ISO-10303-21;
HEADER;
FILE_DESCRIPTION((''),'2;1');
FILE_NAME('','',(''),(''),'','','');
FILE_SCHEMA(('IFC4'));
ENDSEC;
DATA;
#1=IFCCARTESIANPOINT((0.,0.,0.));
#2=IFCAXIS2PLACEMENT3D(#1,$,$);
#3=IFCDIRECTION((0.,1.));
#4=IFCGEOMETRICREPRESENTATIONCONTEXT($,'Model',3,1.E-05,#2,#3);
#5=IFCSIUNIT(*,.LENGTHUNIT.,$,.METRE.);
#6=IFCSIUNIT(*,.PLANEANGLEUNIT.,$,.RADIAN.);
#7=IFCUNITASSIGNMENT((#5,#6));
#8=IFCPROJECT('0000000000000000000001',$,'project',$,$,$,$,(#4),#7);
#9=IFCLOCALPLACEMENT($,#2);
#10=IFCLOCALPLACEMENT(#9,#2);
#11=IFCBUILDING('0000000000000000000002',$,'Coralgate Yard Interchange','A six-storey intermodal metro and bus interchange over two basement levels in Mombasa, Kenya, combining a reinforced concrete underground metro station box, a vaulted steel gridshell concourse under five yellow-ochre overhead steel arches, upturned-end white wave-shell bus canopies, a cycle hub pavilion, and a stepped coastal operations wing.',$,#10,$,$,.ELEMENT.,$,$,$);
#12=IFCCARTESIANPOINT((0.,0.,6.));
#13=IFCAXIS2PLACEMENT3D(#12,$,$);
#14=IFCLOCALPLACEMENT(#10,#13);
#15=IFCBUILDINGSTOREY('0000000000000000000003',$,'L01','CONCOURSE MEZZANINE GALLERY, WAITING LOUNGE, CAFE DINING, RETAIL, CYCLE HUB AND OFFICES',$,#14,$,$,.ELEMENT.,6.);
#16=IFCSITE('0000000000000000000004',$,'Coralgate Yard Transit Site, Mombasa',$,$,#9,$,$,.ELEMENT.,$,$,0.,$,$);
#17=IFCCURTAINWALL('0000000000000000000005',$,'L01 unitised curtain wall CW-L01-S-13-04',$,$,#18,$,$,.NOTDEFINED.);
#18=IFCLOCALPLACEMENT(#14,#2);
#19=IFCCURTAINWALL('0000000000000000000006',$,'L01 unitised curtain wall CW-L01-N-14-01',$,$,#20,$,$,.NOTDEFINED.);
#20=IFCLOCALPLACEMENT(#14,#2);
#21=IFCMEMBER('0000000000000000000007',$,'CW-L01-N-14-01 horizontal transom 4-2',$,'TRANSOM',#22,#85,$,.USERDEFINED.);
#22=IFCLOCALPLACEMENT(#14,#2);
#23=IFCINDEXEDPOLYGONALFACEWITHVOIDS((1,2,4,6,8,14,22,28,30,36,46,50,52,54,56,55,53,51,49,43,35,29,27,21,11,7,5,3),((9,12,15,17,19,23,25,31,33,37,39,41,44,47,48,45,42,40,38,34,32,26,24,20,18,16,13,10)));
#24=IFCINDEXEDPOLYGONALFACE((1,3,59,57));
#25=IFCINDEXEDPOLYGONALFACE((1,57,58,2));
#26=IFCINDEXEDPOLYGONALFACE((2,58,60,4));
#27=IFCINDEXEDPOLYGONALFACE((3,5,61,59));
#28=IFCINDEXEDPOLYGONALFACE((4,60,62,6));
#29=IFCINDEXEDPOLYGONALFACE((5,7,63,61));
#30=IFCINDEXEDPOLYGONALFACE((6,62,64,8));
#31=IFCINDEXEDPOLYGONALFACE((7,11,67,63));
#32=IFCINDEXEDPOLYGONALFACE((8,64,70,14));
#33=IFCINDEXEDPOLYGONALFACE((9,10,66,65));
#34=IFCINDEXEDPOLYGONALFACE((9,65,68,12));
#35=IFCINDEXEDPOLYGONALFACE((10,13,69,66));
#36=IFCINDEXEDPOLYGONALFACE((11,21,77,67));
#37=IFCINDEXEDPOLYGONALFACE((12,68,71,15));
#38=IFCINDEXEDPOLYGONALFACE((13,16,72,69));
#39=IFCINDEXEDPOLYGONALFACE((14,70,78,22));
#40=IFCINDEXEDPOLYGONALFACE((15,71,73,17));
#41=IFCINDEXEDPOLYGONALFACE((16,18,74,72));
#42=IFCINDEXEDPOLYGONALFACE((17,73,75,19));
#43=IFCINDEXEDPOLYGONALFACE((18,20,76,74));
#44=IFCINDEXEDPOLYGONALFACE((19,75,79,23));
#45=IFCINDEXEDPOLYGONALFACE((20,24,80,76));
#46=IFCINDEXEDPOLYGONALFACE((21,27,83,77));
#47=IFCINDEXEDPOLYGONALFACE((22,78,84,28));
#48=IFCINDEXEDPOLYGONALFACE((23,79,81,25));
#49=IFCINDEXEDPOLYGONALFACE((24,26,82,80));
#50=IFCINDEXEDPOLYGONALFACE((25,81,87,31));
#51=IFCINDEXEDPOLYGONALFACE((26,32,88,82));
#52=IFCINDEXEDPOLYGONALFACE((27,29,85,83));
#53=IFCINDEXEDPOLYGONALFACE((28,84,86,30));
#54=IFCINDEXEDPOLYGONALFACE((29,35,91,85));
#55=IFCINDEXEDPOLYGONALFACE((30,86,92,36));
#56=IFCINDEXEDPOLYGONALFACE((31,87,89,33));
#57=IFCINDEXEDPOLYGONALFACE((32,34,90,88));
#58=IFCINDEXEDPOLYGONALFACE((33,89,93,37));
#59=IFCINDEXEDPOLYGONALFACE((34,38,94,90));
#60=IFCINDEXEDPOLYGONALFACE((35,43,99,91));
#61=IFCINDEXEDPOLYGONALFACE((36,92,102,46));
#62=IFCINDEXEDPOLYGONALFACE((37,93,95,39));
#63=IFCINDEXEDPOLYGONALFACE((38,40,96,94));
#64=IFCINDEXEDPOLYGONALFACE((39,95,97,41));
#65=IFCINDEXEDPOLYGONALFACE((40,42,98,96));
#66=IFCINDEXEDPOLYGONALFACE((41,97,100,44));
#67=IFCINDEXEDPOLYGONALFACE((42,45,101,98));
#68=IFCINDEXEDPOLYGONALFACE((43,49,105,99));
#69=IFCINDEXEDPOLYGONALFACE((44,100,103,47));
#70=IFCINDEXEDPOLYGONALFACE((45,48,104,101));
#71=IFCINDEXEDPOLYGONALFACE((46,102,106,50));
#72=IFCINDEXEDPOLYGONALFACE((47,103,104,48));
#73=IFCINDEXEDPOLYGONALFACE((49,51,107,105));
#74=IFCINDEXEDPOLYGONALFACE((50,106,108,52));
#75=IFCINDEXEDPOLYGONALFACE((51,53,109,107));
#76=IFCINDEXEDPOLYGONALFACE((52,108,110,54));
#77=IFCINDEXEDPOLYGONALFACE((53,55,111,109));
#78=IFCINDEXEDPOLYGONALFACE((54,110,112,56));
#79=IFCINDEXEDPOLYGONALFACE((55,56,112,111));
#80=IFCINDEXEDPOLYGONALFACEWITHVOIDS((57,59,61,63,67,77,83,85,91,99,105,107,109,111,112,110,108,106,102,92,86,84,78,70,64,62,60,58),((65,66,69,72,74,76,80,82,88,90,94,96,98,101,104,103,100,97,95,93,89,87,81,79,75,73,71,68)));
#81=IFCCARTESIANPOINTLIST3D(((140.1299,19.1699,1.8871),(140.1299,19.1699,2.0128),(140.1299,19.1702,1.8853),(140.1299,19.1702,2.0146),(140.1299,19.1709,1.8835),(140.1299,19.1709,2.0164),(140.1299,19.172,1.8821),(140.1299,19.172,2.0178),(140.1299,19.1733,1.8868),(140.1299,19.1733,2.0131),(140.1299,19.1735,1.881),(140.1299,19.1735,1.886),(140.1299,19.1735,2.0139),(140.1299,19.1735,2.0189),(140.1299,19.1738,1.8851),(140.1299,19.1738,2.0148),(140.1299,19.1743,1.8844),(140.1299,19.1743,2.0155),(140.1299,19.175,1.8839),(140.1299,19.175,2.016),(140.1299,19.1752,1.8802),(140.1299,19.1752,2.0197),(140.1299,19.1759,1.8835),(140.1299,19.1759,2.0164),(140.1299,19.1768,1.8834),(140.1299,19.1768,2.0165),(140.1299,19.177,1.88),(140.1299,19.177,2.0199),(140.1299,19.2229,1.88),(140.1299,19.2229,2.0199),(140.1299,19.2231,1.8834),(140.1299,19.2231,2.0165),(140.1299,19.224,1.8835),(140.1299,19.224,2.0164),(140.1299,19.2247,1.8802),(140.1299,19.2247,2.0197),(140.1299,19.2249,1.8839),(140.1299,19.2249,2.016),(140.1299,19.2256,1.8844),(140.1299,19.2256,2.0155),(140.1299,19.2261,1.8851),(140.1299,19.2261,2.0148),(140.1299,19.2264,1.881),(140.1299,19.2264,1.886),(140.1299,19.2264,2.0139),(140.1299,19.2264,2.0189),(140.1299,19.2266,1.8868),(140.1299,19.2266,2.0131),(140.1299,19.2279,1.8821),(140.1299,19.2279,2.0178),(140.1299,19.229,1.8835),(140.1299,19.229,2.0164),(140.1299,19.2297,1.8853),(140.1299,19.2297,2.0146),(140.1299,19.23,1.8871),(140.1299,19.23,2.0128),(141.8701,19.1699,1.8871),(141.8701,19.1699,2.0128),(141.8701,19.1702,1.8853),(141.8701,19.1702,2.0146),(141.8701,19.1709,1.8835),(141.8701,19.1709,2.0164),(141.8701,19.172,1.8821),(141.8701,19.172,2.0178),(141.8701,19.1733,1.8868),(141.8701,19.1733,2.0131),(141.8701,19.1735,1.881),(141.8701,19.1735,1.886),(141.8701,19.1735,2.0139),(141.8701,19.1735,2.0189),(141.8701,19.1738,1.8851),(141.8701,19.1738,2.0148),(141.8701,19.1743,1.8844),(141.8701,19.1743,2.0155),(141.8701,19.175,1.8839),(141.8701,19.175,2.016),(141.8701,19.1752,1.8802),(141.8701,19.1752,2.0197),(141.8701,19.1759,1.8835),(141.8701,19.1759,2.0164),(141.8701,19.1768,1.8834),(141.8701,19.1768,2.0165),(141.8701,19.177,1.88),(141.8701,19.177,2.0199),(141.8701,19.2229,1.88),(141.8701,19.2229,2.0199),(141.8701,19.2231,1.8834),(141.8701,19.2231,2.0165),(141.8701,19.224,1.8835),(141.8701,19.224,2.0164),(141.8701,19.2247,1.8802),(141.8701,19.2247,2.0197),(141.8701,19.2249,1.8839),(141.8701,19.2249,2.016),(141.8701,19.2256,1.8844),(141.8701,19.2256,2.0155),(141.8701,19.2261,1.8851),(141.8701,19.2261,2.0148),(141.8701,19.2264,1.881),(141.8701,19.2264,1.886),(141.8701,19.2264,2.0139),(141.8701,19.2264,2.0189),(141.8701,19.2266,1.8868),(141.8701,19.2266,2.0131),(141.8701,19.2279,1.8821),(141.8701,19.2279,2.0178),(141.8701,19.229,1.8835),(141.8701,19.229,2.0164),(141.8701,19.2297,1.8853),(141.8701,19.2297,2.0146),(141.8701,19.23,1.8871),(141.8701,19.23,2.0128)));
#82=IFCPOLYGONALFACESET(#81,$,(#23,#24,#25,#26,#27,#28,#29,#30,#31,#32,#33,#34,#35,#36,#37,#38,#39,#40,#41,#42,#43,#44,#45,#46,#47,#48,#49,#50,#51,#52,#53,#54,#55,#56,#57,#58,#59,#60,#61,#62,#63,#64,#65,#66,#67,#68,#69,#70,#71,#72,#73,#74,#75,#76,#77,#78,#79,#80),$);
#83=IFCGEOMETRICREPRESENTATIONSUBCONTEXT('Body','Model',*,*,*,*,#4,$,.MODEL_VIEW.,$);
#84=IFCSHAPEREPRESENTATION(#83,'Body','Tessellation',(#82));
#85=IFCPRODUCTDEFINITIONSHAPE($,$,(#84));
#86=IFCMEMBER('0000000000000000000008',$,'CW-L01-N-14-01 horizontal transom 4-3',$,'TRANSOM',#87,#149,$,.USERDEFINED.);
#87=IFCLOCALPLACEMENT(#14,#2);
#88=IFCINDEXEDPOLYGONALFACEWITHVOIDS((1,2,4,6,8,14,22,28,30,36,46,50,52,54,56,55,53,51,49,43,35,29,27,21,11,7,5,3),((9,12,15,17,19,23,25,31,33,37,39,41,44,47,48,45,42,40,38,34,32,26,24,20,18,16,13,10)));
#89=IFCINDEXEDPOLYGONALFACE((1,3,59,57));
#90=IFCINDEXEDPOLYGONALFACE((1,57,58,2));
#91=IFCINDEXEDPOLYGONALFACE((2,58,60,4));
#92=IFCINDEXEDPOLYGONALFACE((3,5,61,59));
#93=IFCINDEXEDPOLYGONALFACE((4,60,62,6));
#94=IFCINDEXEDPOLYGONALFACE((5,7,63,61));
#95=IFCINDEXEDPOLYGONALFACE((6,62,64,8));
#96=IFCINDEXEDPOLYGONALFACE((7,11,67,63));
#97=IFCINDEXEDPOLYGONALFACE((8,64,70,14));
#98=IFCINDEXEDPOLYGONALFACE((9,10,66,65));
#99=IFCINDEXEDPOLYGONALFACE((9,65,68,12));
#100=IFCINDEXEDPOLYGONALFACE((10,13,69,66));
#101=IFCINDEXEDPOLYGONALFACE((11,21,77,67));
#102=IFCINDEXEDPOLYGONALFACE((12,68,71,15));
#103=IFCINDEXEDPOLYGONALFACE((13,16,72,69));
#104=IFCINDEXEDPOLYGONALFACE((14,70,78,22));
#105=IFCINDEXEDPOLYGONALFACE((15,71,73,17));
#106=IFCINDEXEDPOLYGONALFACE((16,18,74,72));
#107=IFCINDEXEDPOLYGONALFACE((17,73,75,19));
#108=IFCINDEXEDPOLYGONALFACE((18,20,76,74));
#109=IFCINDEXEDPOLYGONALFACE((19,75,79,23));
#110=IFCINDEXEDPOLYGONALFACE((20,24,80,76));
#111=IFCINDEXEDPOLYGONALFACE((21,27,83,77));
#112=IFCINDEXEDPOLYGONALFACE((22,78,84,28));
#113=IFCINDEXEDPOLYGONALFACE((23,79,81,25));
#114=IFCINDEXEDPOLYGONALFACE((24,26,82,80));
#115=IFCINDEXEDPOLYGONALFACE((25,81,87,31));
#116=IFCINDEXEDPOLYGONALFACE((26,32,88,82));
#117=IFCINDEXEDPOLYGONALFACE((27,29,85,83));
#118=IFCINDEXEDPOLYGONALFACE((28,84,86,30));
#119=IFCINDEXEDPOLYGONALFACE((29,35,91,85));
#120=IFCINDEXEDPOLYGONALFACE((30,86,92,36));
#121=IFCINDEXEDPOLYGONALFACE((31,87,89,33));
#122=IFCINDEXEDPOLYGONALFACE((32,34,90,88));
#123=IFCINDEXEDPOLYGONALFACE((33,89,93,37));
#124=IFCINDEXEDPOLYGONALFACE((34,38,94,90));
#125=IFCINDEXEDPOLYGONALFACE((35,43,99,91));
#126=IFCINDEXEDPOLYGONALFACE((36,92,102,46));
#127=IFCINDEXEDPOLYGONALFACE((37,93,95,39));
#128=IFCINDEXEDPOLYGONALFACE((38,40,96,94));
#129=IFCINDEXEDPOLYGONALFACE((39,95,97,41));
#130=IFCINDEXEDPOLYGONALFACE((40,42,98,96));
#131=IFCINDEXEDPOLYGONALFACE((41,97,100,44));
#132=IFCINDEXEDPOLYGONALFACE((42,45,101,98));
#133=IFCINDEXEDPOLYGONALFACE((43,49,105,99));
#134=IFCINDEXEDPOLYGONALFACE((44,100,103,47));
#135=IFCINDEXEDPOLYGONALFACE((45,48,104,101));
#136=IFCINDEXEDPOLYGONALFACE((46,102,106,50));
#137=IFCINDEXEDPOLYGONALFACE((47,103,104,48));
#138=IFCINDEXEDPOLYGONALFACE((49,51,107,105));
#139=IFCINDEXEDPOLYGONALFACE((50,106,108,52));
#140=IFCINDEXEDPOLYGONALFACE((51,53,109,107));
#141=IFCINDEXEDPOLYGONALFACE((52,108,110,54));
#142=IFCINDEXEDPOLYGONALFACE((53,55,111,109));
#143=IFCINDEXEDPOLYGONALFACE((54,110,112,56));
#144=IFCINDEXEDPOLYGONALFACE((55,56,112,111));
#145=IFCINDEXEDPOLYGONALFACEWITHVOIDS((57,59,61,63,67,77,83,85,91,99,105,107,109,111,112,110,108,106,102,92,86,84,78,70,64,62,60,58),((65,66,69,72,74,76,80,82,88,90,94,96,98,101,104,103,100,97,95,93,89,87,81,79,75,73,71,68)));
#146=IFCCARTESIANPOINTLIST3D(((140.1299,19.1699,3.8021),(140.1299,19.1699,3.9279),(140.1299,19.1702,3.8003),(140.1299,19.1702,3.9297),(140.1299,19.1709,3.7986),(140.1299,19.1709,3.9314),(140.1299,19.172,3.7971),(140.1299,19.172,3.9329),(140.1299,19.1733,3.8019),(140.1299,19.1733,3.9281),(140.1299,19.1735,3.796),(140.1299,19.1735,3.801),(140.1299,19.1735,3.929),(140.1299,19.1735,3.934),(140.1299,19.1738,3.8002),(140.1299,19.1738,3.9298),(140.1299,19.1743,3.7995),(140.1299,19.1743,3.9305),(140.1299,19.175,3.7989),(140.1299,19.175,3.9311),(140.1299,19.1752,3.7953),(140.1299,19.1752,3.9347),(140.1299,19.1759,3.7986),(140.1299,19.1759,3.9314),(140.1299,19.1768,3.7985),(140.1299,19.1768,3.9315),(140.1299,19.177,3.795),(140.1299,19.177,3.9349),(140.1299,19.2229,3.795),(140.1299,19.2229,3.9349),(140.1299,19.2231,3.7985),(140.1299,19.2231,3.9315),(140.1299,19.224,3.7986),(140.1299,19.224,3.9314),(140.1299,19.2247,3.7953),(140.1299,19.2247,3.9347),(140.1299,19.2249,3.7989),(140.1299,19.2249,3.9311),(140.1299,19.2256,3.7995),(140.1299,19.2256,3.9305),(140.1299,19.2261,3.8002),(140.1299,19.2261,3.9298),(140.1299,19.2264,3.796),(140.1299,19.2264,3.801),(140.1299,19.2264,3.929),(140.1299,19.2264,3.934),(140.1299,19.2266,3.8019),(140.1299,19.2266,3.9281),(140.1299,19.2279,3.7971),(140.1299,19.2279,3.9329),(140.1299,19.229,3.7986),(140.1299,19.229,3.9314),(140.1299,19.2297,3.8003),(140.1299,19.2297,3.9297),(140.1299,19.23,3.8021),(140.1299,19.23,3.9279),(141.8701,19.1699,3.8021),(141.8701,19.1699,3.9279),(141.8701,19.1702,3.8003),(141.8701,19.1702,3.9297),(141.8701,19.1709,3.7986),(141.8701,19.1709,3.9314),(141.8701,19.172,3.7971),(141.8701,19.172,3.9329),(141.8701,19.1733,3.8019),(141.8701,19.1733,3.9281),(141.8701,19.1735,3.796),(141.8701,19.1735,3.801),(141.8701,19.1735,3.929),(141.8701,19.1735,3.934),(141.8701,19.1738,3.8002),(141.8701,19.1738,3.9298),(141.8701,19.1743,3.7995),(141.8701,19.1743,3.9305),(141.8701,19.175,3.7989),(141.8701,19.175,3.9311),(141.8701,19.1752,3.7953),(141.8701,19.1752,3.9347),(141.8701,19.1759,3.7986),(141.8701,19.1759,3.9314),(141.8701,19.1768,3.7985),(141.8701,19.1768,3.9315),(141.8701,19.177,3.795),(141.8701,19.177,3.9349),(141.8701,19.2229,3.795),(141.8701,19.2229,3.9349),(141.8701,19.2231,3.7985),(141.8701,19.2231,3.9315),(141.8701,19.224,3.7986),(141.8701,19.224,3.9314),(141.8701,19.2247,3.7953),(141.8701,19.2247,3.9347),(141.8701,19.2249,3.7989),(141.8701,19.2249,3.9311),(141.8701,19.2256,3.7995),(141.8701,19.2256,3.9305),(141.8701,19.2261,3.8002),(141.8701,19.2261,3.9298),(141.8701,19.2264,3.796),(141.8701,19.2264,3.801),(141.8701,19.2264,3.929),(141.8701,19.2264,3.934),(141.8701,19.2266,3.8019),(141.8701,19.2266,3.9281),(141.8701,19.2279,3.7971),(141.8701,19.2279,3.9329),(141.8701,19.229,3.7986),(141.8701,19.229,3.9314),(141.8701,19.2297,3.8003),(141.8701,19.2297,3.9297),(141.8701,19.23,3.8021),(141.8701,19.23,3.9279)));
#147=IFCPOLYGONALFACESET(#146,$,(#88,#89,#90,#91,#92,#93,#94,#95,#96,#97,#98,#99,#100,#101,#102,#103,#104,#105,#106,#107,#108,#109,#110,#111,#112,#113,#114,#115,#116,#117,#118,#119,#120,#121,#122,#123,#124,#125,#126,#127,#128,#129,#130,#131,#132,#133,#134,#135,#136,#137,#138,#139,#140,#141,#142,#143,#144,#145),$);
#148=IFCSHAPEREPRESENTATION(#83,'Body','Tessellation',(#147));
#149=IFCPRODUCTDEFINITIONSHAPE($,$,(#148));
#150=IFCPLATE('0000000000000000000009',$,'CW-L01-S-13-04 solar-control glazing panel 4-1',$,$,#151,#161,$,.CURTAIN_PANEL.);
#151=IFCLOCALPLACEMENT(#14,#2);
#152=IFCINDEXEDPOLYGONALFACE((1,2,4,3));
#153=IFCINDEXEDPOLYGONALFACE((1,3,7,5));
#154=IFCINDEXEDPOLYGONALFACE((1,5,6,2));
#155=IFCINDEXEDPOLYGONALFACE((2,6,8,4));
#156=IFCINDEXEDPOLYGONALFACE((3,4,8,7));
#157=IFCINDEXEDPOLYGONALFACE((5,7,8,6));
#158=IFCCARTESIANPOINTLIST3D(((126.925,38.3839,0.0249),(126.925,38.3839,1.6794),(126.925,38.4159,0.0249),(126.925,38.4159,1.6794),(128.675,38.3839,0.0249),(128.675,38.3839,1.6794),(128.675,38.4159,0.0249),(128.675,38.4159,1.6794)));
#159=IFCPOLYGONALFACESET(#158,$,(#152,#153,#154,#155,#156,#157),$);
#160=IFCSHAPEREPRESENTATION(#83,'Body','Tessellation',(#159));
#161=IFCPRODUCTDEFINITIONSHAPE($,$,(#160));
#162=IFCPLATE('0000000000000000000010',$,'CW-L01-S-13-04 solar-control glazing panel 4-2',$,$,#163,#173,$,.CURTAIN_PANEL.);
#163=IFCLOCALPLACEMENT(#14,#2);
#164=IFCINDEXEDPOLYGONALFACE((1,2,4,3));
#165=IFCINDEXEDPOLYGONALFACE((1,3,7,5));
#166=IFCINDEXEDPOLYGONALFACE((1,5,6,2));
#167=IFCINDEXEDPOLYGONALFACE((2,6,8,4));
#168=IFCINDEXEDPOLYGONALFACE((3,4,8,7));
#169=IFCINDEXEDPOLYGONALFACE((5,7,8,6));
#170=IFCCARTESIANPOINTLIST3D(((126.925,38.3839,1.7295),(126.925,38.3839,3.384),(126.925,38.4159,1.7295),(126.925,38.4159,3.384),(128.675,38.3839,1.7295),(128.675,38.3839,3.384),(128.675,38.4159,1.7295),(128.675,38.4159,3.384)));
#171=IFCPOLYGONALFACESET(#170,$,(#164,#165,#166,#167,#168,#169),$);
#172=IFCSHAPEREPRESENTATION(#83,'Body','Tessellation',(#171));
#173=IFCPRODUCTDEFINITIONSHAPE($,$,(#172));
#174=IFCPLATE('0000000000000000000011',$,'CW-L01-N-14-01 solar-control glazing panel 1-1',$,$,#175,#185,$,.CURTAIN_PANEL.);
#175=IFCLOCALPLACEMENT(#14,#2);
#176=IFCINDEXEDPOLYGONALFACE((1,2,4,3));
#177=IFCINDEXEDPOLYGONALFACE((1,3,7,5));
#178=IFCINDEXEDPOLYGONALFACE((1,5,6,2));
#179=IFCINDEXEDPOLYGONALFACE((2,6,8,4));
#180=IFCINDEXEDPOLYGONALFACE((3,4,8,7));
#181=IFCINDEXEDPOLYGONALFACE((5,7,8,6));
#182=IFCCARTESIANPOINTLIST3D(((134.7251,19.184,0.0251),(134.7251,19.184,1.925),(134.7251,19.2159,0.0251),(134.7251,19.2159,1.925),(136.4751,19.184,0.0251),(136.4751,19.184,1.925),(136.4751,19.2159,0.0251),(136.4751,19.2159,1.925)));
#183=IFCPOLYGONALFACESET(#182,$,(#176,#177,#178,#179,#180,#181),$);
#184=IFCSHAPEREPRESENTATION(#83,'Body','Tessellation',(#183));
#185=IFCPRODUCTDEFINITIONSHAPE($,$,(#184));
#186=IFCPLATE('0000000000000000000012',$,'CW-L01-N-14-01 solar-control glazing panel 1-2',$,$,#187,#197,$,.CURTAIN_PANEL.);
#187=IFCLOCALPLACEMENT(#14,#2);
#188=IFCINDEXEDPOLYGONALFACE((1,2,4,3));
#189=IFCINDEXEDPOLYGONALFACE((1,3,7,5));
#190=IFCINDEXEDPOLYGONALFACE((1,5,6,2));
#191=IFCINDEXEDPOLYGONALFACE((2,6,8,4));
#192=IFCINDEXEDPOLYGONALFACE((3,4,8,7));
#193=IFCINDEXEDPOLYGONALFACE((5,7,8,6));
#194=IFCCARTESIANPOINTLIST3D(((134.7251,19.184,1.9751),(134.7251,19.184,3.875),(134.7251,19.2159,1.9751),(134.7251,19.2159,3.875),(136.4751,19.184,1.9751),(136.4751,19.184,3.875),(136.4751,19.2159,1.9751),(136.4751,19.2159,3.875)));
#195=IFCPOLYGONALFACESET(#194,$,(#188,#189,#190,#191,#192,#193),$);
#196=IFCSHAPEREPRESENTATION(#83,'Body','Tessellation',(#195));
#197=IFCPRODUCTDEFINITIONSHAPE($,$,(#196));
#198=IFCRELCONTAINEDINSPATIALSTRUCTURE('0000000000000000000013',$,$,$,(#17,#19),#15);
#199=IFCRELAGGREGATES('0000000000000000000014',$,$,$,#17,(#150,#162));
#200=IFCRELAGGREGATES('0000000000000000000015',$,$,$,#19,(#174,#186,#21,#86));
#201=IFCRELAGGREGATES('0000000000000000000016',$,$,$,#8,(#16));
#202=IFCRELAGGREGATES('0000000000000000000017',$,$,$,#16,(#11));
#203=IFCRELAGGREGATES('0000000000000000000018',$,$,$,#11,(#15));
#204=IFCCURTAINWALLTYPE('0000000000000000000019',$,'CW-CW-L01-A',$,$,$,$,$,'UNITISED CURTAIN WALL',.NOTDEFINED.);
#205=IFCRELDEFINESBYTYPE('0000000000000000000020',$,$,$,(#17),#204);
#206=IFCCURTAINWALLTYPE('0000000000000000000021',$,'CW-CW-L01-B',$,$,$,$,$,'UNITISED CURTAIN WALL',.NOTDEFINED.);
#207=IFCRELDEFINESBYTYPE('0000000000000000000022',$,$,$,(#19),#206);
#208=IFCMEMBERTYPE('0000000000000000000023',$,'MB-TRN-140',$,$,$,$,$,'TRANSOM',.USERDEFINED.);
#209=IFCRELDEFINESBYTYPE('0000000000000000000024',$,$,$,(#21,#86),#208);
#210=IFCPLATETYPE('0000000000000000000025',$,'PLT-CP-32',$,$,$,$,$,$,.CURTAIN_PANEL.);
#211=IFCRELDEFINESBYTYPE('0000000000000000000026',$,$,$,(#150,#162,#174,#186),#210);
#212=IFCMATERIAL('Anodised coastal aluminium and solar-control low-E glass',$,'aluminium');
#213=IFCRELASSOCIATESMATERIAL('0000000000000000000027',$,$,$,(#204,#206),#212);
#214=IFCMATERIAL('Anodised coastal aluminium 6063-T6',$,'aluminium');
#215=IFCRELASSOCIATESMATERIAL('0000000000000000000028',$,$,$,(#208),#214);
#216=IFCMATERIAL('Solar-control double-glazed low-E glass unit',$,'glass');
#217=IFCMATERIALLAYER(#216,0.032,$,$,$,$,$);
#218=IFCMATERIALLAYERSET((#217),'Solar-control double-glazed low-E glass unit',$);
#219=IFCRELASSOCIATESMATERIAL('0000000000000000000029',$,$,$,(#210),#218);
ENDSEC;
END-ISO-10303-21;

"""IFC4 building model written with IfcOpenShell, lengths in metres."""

from ifc_helpers import new_model, si_unit, direction, frame, origin, origin_2d, place, context, subcontext, project, spatial, rectangle, hollow_rectangle, extrude, material, layer, layer_set, material_profile, profile_set, type_object, element, aggregate, save


model = new_model("IFC4")

# Units and contexts
model_context = context("Model", 3, precision=1e-05, world=origin(), true_north=direction((0.0, 1.0)))
body_context = subcontext(model_context, "Body", "Model", "MODEL_VIEW")
ifc_project = project(units=[si_unit("LENGTHUNIT", "METRE"), si_unit("PLANEANGLEUNIT", "RADIAN")], contexts=[model_context])

# Site, building, storey
site_placement = place(None, origin())
site = spatial("IfcSite", under=ifc_project, at=site_placement, Name="Coralgate Yard Transit Site, Mombasa", CompositionType="ELEMENT", RefElevation=0.0)
building_placement = place(site_placement, origin())
building = spatial("IfcBuilding", under=site, at=building_placement, Name="Coralgate Yard Interchange", Description="A six-storey intermodal metro and bus interchange over two basement levels in Mombasa, Kenya, combining a reinforced concrete underground metro station box, a vaulted steel gridshell concourse under five yellow-ochre overhead steel arches, upturned-end white wave-shell bus canopies, a cycle hub pavilion, and a stepped coastal operations wing.", CompositionType="ELEMENT")
storey_placement = place(building_placement, frame((0.0, 0.0, 6.0)))
storey = spatial("IfcBuildingStorey", under=building, at=storey_placement, Name="L01", Description="CONCOURSE MEZZANINE GALLERY, WAITING LOUNGE, CAFE DINING, RETAIL, CYCLE HUB AND OFFICES", CompositionType="ELEMENT", Elevation=6.0)

# Curtain walls
ifc_material_1 = material(Name="Anodised coastal aluminium and solar-control low-E glass", Category="aluminium")
curtain_wall_type_1 = type_object("IfcCurtainWallType", Name="CW-CW-L01-A", ElementType="UNITISED CURTAIN WALL", PredefinedType="NOTDEFINED", material=ifc_material_1)
curtain_wall_1_placement = place(storey_placement, origin())
curtain_wall_1 = element("IfcCurtainWall", 1, at=curtain_wall_1_placement, inside=storey, type_object=curtain_wall_type_1, Name="L01 unitised curtain wall CW-L01-S-13-04", PredefinedType="NOTDEFINED")
ifc_material_2 = material(Name="Anodised coastal aluminium 6063-T6", Category="aluminium")
curtain_wall_type_2 = type_object("IfcCurtainWallType", Name="CW-CW-L01-B", ElementType="UNITISED CURTAIN WALL", PredefinedType="NOTDEFINED", material=ifc_material_1)
curtain_wall_2_placement = place(storey_placement, origin())
curtain_wall_2 = element("IfcCurtainWall", 2, at=curtain_wall_2_placement, inside=storey, type_object=curtain_wall_type_2, Name="L01 unitised curtain wall CW-L01-N-14-01", PredefinedType="NOTDEFINED")

# Members
ifc_material_profile_1 = material_profile(ifc_material_2, hollow_rectangle(XDim=0.0601, YDim=0.1399, WallThickness=0.0034, InnerFilletRadius=0.0034, OuterFilletRadius=0.0071, at=origin_2d()), Name="ALU 60x140x3.5")
ifc_profile_set_1 = profile_set([ifc_material_profile_1], Name="Anodised coastal aluminium 6063-T6")
member_type_1 = type_object("IfcMemberType", Name="MB-TRN-140", ElementType="TRANSOM", PredefinedType="USERDEFINED", material=ifc_profile_set_1)
member_1_placement = place(storey_placement, frame((140.1299, 19.2, 1.95), z_axis=(1.0, 0.0, 0.0), x_axis=(0.0, 1.0, 0.0)))
member_1 = element("IfcMember", 3, at=member_1_placement, type_object=member_type_1, Name="CW-L01-N-14-01 horizontal transom 4-2", ObjectType="TRANSOM", PredefinedType="USERDEFINED", context=body_context, shape_type="SweptSolid", body=[
    extrude(hollow_rectangle(XDim=0.0601, YDim=0.1399, WallThickness=0.0034, InnerFilletRadius=0.0034, OuterFilletRadius=0.0071, at=origin_2d()), origin(), (0.0, 0.0, 1.0), 1.7402),
])
member_2_placement = place(storey_placement, frame((140.1299, 19.2, 3.865), z_axis=(1.0, 0.0, 0.0), x_axis=(0.0, 1.0, 0.0)))
member_2 = element("IfcMember", 4, at=member_2_placement, type_object=member_type_1, Name="CW-L01-N-14-01 horizontal transom 4-3", ObjectType="TRANSOM", PredefinedType="USERDEFINED", context=body_context, shape_type="SweptSolid", body=[
    extrude(hollow_rectangle(XDim=0.0601, YDim=0.1399, WallThickness=0.0034, InnerFilletRadius=0.0034, OuterFilletRadius=0.0071, at=origin_2d()), origin(), (0.0, 0.0, 1.0), 1.7402),
])

# Plates
ifc_material_3 = material(Name="Solar-control double-glazed low-E glass unit", Category="glass")
ifc_layer = layer(ifc_material_3, 0.032)
ifc_layer_set = layer_set([ifc_layer], Name="Solar-control double-glazed low-E glass unit")
plate_type = type_object("IfcPlateType", Name="PLT-CP-32", PredefinedType="CURTAIN_PANEL", material=ifc_layer_set)
plate_1_placement = place(storey_placement, frame((127.8, 38.3999, 0.0249), z_axis=(0.0, 0.0, 1.0), x_axis=(-1.0, 0.0, 0.0)))
plate_1 = element("IfcPlate", 5, at=plate_1_placement, type_object=plate_type, Name="CW-L01-S-13-04 solar-control glazing panel 4-1", PredefinedType="CURTAIN_PANEL", context=body_context, shape_type="SweptSolid", body=[
    extrude(rectangle(XDim=1.75, YDim=0.032, at=origin_2d()), origin(), (0.0, 0.0, 1.0), 1.6545),
])
plate_2_placement = place(storey_placement, frame((127.8, 38.3999, 1.7295), z_axis=(0.0, 0.0, 1.0), x_axis=(-1.0, 0.0, 0.0)))
plate_2 = element("IfcPlate", 6, at=plate_2_placement, type_object=plate_type, Name="CW-L01-S-13-04 solar-control glazing panel 4-2", PredefinedType="CURTAIN_PANEL", context=body_context, shape_type="SweptSolid", body=[
    extrude(rectangle(XDim=1.75, YDim=0.032, at=origin_2d()), origin(), (0.0, 0.0, 1.0), 1.6545),
])
aggregate(curtain_wall_1, [plate_1, plate_2])
plate_3_placement = place(storey_placement, frame((135.6001, 19.2, 0.0251), z_axis=(0.0, 0.0, 1.0), x_axis=(1.0, 0.0, 0.0)))
plate_3 = element("IfcPlate", 7, at=plate_3_placement, type_object=plate_type, Name="CW-L01-N-14-01 solar-control glazing panel 1-1", PredefinedType="CURTAIN_PANEL", context=body_context, shape_type="SweptSolid", body=[
    extrude(rectangle(XDim=1.75, YDim=0.032, at=origin_2d()), origin(), (0.0, 0.0, 1.0), 1.8999),
])
plate_4_placement = place(storey_placement, frame((135.6001, 19.2, 1.9751), z_axis=(0.0, 0.0, 1.0), x_axis=(1.0, 0.0, 0.0)))
plate_4 = element("IfcPlate", 8, at=plate_4_placement, type_object=plate_type, Name="CW-L01-N-14-01 solar-control glazing panel 1-2", PredefinedType="CURTAIN_PANEL", context=body_context, shape_type="SweptSolid", body=[
    extrude(rectangle(XDim=1.75, YDim=0.032, at=origin_2d()), origin(), (0.0, 0.0, 1.0), 1.8999),
])
aggregate(curtain_wall_2, [plate_3, plate_4, member_1, member_2])

save(model, "model.ifc")
